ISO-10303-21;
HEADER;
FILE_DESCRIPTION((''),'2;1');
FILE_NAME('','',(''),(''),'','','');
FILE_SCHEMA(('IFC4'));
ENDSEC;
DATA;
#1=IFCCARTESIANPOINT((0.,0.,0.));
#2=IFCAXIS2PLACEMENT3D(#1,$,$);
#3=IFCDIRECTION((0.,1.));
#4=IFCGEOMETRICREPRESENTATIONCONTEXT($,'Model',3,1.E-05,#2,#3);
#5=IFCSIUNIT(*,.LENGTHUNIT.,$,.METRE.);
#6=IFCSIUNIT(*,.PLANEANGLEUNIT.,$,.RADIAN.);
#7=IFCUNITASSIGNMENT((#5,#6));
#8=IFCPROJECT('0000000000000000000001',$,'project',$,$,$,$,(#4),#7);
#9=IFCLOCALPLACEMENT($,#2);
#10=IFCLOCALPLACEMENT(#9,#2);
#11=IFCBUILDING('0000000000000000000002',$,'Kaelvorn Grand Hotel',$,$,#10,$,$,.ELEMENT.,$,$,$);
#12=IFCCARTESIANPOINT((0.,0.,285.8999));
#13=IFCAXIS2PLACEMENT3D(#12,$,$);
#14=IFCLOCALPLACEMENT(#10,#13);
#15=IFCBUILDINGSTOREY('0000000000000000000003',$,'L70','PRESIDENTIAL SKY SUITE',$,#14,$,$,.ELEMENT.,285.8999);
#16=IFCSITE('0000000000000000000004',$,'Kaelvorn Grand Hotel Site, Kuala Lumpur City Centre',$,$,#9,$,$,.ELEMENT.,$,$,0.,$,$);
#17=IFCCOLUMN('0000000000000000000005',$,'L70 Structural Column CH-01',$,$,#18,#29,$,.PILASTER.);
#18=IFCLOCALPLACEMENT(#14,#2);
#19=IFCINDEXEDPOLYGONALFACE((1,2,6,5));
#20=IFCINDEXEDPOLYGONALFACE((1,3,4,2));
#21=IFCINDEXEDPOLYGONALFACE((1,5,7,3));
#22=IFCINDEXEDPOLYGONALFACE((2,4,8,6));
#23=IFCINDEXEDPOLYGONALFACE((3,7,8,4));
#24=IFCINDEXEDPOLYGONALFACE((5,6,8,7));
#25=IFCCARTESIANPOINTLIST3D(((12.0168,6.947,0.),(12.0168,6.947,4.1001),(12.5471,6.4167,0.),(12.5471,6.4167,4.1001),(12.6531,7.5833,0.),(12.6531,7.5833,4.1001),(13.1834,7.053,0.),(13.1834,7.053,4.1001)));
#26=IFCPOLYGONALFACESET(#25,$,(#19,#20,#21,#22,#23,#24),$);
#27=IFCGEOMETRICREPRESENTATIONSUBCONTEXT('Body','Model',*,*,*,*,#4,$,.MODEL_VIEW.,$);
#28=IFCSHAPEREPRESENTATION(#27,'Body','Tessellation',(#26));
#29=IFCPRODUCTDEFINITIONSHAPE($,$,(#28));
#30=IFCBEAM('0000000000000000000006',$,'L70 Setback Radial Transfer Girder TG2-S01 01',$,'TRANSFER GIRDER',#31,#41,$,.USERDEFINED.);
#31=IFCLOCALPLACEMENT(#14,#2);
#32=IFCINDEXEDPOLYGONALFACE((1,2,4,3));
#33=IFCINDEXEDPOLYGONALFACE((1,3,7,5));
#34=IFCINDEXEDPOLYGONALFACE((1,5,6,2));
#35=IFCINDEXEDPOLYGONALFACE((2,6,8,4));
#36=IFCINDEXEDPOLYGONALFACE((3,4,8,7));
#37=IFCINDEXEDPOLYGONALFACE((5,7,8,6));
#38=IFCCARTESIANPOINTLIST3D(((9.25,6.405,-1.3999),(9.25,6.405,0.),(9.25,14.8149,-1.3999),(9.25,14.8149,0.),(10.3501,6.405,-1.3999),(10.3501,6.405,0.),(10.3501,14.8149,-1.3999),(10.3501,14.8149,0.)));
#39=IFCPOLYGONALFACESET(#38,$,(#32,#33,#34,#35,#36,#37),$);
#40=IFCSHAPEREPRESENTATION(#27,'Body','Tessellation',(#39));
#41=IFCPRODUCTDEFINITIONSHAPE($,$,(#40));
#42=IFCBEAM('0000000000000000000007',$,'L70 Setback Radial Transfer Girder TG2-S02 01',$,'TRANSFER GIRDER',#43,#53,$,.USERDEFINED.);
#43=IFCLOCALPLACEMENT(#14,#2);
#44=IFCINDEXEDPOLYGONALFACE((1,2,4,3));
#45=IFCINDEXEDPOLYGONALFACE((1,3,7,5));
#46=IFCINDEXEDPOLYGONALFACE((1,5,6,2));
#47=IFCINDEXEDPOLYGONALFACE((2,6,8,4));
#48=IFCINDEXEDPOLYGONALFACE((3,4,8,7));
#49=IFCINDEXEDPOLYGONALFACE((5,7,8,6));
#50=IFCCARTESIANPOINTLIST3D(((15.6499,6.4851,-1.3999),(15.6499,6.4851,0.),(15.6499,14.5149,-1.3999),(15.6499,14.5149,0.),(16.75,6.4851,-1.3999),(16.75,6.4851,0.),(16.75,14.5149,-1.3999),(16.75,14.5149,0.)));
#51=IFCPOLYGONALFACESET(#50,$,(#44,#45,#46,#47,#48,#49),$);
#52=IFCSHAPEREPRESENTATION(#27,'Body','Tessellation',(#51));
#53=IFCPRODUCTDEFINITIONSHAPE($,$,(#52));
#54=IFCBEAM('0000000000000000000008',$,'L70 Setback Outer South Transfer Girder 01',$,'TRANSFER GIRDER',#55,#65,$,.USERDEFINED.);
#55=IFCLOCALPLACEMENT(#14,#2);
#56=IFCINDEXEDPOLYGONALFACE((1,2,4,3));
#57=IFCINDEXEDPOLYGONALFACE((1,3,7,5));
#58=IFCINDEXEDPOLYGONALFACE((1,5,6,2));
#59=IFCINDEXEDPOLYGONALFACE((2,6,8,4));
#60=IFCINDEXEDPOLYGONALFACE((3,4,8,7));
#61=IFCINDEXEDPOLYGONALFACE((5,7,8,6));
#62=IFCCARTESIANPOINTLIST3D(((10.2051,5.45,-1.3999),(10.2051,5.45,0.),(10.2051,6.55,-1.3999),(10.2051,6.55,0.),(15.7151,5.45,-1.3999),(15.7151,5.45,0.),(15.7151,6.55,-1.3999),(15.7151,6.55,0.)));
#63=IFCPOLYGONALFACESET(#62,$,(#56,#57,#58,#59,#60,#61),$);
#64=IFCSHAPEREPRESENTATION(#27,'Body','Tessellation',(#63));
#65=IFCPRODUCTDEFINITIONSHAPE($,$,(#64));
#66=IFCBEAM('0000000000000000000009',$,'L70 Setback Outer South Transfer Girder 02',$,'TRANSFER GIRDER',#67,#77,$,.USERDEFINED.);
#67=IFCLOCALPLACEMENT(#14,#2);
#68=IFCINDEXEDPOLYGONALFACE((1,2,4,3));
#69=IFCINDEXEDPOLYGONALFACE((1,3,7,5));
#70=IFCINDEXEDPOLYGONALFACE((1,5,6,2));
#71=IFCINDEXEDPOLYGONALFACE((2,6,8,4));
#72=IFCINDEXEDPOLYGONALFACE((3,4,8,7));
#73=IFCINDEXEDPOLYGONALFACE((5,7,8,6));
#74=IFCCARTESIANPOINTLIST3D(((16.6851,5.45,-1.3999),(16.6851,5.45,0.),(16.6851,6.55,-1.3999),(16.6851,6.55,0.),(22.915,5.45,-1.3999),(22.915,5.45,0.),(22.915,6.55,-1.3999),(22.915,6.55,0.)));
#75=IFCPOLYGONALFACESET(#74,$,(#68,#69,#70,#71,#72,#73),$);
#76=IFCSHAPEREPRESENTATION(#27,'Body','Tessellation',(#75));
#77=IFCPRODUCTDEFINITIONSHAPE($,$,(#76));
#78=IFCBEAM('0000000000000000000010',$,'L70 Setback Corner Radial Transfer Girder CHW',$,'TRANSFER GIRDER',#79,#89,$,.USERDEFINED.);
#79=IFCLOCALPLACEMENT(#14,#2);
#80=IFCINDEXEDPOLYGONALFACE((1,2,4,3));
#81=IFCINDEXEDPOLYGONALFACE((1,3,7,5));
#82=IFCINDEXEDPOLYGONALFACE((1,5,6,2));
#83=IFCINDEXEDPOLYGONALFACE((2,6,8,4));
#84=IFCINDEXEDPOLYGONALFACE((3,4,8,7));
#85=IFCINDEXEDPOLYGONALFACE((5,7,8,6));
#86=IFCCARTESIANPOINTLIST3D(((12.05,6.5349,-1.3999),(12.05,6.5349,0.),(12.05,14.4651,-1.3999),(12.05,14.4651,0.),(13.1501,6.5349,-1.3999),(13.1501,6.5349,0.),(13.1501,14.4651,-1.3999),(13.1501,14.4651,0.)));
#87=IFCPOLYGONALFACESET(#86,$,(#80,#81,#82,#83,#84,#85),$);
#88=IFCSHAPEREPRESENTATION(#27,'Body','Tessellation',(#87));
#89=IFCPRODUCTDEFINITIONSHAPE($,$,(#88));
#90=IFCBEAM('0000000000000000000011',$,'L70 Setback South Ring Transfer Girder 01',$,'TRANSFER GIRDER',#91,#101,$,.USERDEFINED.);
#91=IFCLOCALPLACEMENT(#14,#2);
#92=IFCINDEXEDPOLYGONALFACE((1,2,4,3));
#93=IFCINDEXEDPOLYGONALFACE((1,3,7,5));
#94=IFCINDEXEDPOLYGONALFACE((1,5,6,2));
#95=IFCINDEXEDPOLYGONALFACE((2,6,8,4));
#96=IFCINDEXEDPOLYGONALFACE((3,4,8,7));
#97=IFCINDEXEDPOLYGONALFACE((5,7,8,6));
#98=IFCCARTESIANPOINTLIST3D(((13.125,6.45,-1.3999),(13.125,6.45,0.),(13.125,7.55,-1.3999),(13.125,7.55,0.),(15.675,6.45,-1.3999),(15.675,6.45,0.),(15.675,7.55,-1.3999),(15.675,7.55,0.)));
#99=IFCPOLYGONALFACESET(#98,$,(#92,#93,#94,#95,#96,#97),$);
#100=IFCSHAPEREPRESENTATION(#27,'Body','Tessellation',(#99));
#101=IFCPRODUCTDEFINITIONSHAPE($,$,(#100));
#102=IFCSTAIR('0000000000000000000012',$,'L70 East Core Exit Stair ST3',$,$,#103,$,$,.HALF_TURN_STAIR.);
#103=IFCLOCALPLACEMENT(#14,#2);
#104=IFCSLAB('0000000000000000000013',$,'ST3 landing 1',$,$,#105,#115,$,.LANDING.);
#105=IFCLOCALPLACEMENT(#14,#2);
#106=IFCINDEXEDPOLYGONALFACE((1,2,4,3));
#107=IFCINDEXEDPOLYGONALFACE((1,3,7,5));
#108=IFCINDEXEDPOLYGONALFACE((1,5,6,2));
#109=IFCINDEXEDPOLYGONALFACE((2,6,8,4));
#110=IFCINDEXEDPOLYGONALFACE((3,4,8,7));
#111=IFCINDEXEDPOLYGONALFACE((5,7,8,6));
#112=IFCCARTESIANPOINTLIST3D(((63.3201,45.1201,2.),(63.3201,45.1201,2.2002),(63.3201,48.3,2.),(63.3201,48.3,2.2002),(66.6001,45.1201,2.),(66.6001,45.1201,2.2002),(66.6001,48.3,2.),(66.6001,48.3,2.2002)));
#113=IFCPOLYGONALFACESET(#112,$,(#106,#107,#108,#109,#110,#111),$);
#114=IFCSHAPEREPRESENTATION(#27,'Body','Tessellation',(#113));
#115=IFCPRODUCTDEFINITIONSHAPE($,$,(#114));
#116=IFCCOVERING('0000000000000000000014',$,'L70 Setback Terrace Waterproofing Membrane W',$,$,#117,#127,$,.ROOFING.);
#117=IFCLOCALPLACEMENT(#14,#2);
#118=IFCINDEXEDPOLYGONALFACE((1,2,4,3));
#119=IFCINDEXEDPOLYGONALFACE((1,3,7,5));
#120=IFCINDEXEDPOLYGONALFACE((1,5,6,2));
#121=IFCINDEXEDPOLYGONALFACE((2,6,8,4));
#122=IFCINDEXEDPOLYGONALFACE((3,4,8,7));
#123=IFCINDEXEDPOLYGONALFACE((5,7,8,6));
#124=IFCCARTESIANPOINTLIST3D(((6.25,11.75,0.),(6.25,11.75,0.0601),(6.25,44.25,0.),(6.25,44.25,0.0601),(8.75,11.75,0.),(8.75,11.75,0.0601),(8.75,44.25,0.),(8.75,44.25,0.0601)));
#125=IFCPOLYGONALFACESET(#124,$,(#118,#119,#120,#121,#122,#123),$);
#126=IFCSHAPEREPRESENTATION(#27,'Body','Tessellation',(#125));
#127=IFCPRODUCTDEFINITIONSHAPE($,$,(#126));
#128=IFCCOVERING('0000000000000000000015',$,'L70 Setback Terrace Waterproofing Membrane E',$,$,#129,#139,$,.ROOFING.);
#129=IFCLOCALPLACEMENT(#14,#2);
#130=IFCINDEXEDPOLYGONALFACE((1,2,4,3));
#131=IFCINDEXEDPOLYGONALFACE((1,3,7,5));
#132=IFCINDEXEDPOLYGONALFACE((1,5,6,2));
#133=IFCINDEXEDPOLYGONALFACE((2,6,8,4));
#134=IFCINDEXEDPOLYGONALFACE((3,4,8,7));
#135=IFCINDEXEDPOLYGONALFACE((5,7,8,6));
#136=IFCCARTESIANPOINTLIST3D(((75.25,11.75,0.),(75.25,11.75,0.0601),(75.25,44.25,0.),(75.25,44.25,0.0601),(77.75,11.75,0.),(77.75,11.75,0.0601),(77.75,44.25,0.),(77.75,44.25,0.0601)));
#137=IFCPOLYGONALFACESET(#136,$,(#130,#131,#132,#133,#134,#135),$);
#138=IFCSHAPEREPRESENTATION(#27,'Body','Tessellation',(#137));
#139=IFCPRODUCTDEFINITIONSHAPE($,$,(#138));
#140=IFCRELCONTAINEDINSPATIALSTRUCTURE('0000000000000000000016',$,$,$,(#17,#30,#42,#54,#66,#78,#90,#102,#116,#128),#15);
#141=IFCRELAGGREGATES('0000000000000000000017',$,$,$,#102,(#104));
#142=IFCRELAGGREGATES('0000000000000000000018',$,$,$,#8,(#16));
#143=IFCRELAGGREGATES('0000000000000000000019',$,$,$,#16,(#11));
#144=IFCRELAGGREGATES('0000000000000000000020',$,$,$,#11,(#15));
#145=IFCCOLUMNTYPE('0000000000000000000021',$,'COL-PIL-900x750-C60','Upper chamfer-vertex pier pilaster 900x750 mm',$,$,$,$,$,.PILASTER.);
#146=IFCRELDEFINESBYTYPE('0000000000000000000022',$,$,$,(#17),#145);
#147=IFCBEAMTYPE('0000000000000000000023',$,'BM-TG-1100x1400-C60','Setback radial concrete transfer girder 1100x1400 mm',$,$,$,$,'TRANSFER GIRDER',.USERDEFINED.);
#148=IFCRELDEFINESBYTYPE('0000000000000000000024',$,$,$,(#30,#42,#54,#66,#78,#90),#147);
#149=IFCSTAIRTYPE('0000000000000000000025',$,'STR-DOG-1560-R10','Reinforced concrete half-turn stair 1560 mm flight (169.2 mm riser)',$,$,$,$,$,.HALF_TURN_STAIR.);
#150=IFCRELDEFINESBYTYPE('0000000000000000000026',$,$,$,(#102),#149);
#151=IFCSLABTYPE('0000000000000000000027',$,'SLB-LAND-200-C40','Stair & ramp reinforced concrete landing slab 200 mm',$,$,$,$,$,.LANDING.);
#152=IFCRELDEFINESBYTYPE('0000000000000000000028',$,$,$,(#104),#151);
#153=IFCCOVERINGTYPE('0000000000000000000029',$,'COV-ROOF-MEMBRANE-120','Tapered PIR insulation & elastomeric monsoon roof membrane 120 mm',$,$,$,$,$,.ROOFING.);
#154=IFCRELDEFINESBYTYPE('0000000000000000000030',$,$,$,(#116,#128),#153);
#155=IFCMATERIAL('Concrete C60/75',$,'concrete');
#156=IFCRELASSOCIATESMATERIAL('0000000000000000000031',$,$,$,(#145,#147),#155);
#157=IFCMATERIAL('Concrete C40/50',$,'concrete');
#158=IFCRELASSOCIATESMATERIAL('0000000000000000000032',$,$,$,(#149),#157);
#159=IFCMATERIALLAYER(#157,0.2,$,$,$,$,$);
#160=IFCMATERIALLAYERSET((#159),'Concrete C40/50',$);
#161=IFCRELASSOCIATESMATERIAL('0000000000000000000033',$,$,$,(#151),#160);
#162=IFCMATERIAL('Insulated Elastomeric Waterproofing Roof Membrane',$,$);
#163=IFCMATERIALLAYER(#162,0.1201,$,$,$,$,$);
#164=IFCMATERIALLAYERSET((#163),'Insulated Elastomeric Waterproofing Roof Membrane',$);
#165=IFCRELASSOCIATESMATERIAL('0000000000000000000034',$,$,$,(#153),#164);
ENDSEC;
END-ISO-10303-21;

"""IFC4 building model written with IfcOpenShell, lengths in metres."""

from ifc_helpers import new_model, si_unit, direction, frame, origin, origin_2d, place, context, subcontext, project, spatial, polyline, rectangle, outline, extrude, material, layer, layer_set, material_profile, profile_set, type_object, element, aggregate, save


model = new_model("IFC4")

# Units and contexts
model_context = context("Model", 3, precision=1e-05, world=origin(), true_north=direction((0.0, 1.0)))
body_context = subcontext(model_context, "Body", "Model", "MODEL_VIEW")
ifc_project = project(units=[si_unit("LENGTHUNIT", "METRE"), si_unit("PLANEANGLEUNIT", "RADIAN")], contexts=[model_context])

# Site, building, storey
site_placement = place(None, origin())
site = spatial("IfcSite", under=ifc_project, at=site_placement, Name="Kaelvorn Grand Hotel Site, Kuala Lumpur City Centre", CompositionType="ELEMENT", RefElevation=0.0)
building_placement = place(site_placement, origin())
building = spatial("IfcBuilding", under=site, at=building_placement, Name="Kaelvorn Grand Hotel", CompositionType="ELEMENT")
storey_placement = place(building_placement, frame((0.0, 0.0, 285.8999)))
storey = spatial("IfcBuildingStorey", under=building, at=storey_placement, Name="L70", Description="PRESIDENTIAL SKY SUITE", CompositionType="ELEMENT", Elevation=285.8999)

# Column
ifc_material_1 = material(Name="Concrete C60/75", Category="concrete")
ifc_material_profile_1 = material_profile(ifc_material_1, rectangle(XDim=0.8999, YDim=0.75, at=origin_2d()), Name="RC PILASTER 900x750")
ifc_profile_set_1 = profile_set([ifc_material_profile_1], Name="Concrete C60/75")
column_type = type_object("IfcColumnType", Name="COL-PIL-900x750-C60", Description="Upper chamfer-vertex pier pilaster 900x750 mm", PredefinedType="PILASTER", material=ifc_profile_set_1)
column_placement = place(storey_placement, frame((12.6001, 7.0, 0.0), z_axis=(0.0, 0.0, 1.0), x_axis=(0.707107, 0.707107, 0.0)))
element("IfcColumn", 1, at=column_placement, inside=storey, type_object=column_type, Name="L70 Structural Column CH-01", PredefinedType="PILASTER", context=body_context, shape_type="SweptSolid", body=[
    extrude(rectangle(XDim=0.8999, YDim=0.75, at=origin_2d()), origin(), (0.0, 0.0, 1.0), 4.1001),
])

# Beams
ifc_material_profile_2 = material_profile(ifc_material_1, rectangle(XDim=1.1001, YDim=1.3999, at=origin_2d()), Name="RC TG 1100x1400")
ifc_profile_set_2 = profile_set([ifc_material_profile_2], Name="Concrete C60/75")
beam_type = type_object("IfcBeamType", Name="BM-TG-1100x1400-C60", Description="Setback radial concrete transfer girder 1100x1400 mm", ElementType="TRANSFER GIRDER", PredefinedType="USERDEFINED", material=ifc_profile_set_2)
beam_1_placement = place(storey_placement, frame((9.8, 6.405, -0.7), z_axis=(0.0, 1.0, 0.0), x_axis=(-1.0, 0.0, 0.0)))
element("IfcBeam", 2, at=beam_1_placement, inside=storey, type_object=beam_type, Name="L70 Setback Radial Transfer Girder TG2-S01 01", ObjectType="TRANSFER GIRDER", PredefinedType="USERDEFINED", context=body_context, shape_type="SweptSolid", body=[
    extrude(rectangle(XDim=1.1001, YDim=1.3999, at=origin_2d()), origin(), (0.0, 0.0, 1.0), 8.4099),
])
beam_2_placement = place(storey_placement, frame((16.2, 6.4851, -0.7), z_axis=(0.0, 1.0, 0.0), x_axis=(-1.0, 0.0, 0.0)))
element("IfcBeam", 3, at=beam_2_placement, inside=storey, type_object=beam_type, Name="L70 Setback Radial Transfer Girder TG2-S02 01", ObjectType="TRANSFER GIRDER", PredefinedType="USERDEFINED", context=body_context, shape_type="SweptSolid", body=[
    extrude(rectangle(XDim=1.1001, YDim=1.3999, at=origin_2d()), origin(), (0.0, 0.0, 1.0), 8.0298),
])
beam_3_placement = place(storey_placement, frame((10.2051, 6.0, -0.7), z_axis=(1.0, 0.0, 0.0), x_axis=(0.0, 1.0, 0.0)))
element("IfcBeam", 4, at=beam_3_placement, inside=storey, type_object=beam_type, Name="L70 Setback Outer South Transfer Girder 01", ObjectType="TRANSFER GIRDER", PredefinedType="USERDEFINED", context=body_context, shape_type="SweptSolid", body=[
    extrude(rectangle(XDim=1.1001, YDim=1.3999, at=origin_2d()), origin(), (0.0, 0.0, 1.0), 5.51),
])
beam_4_placement = place(storey_placement, frame((16.6851, 6.0, -0.7), z_axis=(1.0, 0.0, 0.0), x_axis=(0.0, 1.0, 0.0)))
element("IfcBeam", 5, at=beam_4_placement, inside=storey, type_object=beam_type, Name="L70 Setback Outer South Transfer Girder 02", ObjectType="TRANSFER GIRDER", PredefinedType="USERDEFINED", context=body_context, shape_type="SweptSolid", body=[
    extrude(rectangle(XDim=1.1001, YDim=1.3999, at=origin_2d()), origin(), (0.0, 0.0, 1.0), 6.23),
])
beam_5_placement = place(storey_placement, frame((12.6001, 6.5349, -0.7), z_axis=(0.0, 1.0, 0.0), x_axis=(-1.0, 0.0, 0.0)))
element("IfcBeam", 6, at=beam_5_placement, inside=storey, type_object=beam_type, Name="L70 Setback Corner Radial Transfer Girder CHW", ObjectType="TRANSFER GIRDER", PredefinedType="USERDEFINED", context=body_context, shape_type="SweptSolid", body=[
    extrude(rectangle(XDim=1.1001, YDim=1.3999, at=origin_2d()), origin(), (0.0, 0.0, 1.0), 7.9302),
])
beam_6_placement = place(storey_placement, frame((13.125, 7.0, -0.7), z_axis=(1.0, 0.0, 0.0), x_axis=(0.0, 1.0, 0.0)))
element("IfcBeam", 7, at=beam_6_placement, inside=storey, type_object=beam_type, Name="L70 Setback South Ring Transfer Girder 01", ObjectType="TRANSFER GIRDER", PredefinedType="USERDEFINED", context=body_context, shape_type="SweptSolid", body=[
    extrude(rectangle(XDim=1.1001, YDim=1.3999, at=origin_2d()), origin(), (0.0, 0.0, 1.0), 2.55),
])

# Stair, slab
ifc_material_2 = material(Name="Concrete C40/50", Category="concrete")
stair_type = type_object("IfcStairType", Name="STR-DOG-1560-R10", Description="Reinforced concrete half-turn stair 1560 mm flight (169.2 mm riser)", PredefinedType="HALF_TURN_STAIR", material=ifc_material_2)
stair_placement = place(storey_placement, origin())
stair = element("IfcStair", 8, at=stair_placement, inside=storey, type_object=stair_type, Name="L70 East Core Exit Stair ST3", PredefinedType="HALF_TURN_STAIR")
ifc_layer_1 = layer(ifc_material_2, 0.2)
ifc_layer_set_1 = layer_set([ifc_layer_1], Name="Concrete C40/50")
slab_type = type_object("IfcSlabType", Name="SLB-LAND-200-C40", Description="Stair & ramp reinforced concrete landing slab 200 mm", PredefinedType="LANDING", material=ifc_layer_set_1)
slab_placement = place(storey_placement, frame((0.0, 0.0, 2.0)))
slab = element("IfcSlab", 9, at=slab_placement, type_object=slab_type, Name="ST3 landing 1", PredefinedType="LANDING", context=body_context, shape_type="SweptSolid", body=[
    extrude(outline(polyline([(66.6001, 45.1201), (66.6001, 48.3), (63.3201, 48.3), (63.3201, 45.1201), (66.6001, 45.1201)])), origin(), (0.0, 0.0, 1.0), 0.2002),
])
aggregate(stair, [slab])

# Coverings
ifc_material_3 = material(Name="Insulated Elastomeric Waterproofing Roof Membrane")
ifc_layer_2 = layer(ifc_material_3, 0.1201)
ifc_layer_set_2 = layer_set([ifc_layer_2], Name="Insulated Elastomeric Waterproofing Roof Membrane")
covering_type = type_object("IfcCoveringType", Name="COV-ROOF-MEMBRANE-120", Description="Tapered PIR insulation & elastomeric monsoon roof membrane 120 mm", PredefinedType="ROOFING", material=ifc_layer_set_2)
covering_1_placement = place(storey_placement, origin())
element("IfcCovering", 10, at=covering_1_placement, inside=storey, type_object=covering_type, Name="L70 Setback Terrace Waterproofing Membrane W", PredefinedType="ROOFING", context=body_context, shape_type="SweptSolid", body=[
    extrude(outline(polyline([(6.25, 11.75), (8.75, 11.75), (8.75, 44.25), (6.25, 44.25), (6.25, 11.75)])), origin(), (0.0, 0.0, 1.0), 0.0601),
])
covering_2_placement = place(storey_placement, origin())
element("IfcCovering", 11, at=covering_2_placement, inside=storey, type_object=covering_type, Name="L70 Setback Terrace Waterproofing Membrane E", PredefinedType="ROOFING", context=body_context, shape_type="SweptSolid", body=[
    extrude(outline(polyline([(75.25, 11.75), (77.75, 11.75), (77.75, 44.25), (75.25, 44.25), (75.25, 11.75)])), origin(), (0.0, 0.0, 1.0), 0.0601),
])

save(model, "model.ifc")
